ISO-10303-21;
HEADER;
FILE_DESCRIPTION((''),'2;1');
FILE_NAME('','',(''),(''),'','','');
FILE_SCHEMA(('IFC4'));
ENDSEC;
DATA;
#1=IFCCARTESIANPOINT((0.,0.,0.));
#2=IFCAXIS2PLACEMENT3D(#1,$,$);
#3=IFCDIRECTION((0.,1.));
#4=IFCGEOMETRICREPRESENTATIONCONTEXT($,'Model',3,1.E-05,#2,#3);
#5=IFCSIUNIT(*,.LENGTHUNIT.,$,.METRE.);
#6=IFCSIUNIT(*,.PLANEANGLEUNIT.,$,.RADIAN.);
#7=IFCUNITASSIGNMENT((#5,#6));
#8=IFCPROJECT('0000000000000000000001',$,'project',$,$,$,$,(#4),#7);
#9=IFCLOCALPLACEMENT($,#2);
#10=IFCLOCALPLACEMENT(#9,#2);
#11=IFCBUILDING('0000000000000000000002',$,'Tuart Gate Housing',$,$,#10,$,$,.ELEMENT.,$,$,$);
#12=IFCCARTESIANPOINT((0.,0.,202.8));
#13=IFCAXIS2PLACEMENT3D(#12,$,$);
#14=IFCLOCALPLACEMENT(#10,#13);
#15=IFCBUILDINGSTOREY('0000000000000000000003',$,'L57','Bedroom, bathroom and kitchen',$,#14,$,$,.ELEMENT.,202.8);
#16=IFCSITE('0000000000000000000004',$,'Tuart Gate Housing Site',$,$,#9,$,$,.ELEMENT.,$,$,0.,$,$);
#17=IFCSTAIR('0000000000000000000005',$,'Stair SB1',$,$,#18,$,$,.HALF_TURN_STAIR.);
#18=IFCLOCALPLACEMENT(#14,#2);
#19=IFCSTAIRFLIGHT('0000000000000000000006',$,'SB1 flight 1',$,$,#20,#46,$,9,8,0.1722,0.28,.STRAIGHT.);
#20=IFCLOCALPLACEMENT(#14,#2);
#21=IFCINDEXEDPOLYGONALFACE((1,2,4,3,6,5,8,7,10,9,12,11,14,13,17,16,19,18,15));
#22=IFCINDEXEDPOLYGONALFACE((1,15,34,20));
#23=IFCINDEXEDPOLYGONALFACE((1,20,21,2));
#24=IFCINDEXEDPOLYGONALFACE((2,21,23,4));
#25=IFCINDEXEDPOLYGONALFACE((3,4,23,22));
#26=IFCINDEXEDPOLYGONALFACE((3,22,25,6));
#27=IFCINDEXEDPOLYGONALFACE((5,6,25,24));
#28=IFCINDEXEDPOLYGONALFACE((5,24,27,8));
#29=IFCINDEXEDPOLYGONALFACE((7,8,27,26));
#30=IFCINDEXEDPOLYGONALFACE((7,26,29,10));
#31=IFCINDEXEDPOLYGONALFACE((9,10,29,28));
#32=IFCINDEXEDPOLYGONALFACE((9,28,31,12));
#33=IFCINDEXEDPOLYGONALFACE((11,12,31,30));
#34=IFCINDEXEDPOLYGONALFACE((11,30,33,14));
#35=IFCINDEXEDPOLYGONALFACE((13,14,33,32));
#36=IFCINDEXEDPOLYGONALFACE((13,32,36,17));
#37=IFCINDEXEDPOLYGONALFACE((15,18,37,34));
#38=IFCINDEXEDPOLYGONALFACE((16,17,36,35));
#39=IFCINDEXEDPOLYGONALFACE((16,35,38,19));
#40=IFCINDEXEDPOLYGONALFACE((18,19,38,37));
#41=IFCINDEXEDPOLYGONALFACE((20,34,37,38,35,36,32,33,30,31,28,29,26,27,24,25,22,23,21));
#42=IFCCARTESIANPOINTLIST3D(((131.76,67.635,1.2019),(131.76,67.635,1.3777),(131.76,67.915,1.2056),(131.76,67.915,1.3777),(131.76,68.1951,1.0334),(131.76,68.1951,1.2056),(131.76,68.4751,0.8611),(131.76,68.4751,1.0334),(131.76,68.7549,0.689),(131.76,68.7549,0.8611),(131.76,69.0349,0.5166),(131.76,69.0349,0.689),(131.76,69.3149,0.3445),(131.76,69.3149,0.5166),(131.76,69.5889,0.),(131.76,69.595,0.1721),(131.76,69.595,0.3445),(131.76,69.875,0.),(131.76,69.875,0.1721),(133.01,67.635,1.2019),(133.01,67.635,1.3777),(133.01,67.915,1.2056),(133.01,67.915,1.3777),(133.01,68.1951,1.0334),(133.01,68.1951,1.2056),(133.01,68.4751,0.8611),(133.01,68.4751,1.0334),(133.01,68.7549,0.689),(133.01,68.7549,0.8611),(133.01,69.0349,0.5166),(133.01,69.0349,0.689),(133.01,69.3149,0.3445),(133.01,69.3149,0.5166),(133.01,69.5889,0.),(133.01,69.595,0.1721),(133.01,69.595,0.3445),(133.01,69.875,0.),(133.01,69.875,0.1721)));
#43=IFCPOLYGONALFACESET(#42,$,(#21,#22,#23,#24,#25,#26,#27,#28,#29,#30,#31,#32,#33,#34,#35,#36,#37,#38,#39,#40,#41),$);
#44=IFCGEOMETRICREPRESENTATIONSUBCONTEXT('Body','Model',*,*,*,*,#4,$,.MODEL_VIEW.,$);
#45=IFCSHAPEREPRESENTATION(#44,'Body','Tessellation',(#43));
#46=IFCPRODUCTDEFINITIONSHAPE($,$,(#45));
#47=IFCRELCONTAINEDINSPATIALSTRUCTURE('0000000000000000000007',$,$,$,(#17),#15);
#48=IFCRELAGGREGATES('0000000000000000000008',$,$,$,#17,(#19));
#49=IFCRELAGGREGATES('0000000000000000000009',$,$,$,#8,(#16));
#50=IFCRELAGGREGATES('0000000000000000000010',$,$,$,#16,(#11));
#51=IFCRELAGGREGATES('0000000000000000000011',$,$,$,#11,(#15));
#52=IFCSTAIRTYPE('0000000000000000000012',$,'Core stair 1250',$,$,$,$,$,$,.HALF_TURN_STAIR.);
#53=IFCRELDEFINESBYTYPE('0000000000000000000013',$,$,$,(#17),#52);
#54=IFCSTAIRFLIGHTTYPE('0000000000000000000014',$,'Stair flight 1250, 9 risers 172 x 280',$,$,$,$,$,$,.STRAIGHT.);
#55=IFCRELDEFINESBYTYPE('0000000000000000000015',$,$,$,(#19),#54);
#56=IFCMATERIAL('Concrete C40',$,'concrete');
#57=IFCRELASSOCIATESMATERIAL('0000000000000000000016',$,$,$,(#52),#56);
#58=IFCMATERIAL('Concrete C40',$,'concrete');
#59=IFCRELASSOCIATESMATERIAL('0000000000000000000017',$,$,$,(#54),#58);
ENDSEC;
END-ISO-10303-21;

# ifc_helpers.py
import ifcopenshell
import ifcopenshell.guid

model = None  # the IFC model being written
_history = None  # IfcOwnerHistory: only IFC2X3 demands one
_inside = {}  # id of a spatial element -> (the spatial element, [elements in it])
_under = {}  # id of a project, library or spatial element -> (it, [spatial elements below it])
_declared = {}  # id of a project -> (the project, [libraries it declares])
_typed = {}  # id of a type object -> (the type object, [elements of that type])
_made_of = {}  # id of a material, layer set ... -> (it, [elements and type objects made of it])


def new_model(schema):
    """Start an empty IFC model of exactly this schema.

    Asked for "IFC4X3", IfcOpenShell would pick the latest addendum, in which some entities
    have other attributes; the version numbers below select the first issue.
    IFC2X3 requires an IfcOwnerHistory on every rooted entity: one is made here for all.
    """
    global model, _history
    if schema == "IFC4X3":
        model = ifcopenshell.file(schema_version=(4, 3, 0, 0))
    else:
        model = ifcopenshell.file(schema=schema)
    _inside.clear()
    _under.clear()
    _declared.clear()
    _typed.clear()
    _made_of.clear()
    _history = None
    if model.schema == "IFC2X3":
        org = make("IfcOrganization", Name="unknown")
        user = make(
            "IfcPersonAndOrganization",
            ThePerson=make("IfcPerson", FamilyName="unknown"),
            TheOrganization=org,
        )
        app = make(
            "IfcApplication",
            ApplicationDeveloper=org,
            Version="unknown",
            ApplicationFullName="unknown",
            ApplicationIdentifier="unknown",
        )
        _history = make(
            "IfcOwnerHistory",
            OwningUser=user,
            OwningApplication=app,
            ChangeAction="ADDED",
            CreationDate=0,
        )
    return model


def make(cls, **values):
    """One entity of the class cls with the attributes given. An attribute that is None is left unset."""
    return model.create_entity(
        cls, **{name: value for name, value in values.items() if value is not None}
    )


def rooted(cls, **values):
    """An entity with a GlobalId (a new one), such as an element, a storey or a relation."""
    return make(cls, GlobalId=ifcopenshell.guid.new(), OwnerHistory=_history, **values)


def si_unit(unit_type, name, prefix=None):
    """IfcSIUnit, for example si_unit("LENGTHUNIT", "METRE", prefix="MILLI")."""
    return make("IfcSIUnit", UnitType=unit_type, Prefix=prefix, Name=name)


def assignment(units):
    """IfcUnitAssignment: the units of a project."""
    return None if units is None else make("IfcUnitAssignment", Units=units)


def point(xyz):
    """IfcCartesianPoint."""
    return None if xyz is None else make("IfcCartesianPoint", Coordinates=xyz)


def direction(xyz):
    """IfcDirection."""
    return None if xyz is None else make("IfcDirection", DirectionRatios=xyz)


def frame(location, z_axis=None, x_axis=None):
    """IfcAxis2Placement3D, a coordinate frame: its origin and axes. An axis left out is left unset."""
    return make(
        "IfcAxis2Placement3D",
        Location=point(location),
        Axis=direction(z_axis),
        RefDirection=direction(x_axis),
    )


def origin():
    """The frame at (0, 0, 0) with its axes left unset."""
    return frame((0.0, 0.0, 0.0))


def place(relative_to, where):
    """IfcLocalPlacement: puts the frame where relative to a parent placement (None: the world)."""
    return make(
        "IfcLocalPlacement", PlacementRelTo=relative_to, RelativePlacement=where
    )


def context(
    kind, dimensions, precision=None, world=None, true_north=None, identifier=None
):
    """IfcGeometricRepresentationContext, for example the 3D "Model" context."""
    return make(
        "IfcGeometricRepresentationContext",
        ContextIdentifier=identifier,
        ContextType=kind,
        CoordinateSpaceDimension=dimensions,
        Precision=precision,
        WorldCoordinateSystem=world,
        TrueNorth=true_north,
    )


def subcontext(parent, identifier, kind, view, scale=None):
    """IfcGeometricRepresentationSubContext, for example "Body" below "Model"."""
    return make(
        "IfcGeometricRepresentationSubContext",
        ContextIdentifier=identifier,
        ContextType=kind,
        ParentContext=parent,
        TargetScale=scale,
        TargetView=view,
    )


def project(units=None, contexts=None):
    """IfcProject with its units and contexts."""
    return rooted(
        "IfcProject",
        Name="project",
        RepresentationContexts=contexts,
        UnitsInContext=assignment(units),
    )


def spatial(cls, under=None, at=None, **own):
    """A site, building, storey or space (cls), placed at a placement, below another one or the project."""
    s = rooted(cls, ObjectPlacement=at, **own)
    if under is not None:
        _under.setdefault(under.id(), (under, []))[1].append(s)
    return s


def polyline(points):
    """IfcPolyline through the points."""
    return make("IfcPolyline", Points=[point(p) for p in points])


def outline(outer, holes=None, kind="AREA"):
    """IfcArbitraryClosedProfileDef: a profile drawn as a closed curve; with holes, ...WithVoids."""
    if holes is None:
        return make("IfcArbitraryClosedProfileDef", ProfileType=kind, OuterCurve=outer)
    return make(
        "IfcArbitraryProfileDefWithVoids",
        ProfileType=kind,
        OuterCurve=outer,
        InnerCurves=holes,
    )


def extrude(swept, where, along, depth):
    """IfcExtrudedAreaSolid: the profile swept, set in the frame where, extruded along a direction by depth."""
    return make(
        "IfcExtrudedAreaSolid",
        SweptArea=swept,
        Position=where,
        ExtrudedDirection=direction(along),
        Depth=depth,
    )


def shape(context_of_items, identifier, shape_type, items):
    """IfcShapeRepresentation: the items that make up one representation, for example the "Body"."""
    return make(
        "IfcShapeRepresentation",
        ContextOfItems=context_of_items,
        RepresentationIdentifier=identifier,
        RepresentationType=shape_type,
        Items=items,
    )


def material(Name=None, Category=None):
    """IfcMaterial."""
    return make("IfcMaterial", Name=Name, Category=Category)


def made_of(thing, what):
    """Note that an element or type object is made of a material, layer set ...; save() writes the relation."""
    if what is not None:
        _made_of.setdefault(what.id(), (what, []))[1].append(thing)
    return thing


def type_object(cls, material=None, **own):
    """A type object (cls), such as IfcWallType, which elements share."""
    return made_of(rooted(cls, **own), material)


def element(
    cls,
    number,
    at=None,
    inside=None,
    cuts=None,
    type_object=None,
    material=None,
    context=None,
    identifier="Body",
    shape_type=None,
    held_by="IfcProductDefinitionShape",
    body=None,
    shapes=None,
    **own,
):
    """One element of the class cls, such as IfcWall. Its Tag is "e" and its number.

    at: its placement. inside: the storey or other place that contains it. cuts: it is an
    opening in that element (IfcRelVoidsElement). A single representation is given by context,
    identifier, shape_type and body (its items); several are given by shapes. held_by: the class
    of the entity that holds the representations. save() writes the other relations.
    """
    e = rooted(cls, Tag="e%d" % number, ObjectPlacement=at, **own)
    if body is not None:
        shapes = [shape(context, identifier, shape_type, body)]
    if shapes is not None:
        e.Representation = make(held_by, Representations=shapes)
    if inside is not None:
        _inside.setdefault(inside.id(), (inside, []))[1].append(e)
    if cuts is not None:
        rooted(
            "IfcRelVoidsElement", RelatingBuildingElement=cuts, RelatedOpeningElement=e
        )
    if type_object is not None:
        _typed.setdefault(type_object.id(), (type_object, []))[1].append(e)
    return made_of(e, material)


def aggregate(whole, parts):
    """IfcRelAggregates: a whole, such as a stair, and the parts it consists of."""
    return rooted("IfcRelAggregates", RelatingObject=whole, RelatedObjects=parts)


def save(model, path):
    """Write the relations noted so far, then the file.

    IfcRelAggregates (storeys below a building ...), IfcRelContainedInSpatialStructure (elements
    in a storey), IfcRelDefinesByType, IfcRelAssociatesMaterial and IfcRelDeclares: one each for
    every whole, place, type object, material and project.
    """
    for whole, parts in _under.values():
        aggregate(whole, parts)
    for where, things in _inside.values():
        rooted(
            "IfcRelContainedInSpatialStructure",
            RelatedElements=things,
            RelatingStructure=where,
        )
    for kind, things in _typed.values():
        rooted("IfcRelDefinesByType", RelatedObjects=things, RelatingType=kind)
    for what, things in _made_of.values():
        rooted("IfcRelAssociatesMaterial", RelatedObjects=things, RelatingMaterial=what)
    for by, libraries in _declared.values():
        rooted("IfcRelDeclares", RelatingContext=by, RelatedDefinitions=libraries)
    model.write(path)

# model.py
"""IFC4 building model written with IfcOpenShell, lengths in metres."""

from ifc_helpers import new_model, si_unit, direction, frame, origin, place, context, subcontext, project, spatial, polyline, outline, extrude, material, type_object, element, aggregate, save


model = new_model("IFC4")

# Units and contexts
model_context = context("Model", 3, precision=1e-05, world=origin(), true_north=direction((0.0, 1.0)))
body_context = subcontext(model_context, "Body", "Model", "MODEL_VIEW")
ifc_project = project(units=[si_unit("LENGTHUNIT", "METRE"), si_unit("PLANEANGLEUNIT", "RADIAN")], contexts=[model_context])

# Site, building, storey
site_placement = place(None, origin())
site = spatial("IfcSite", under=ifc_project, at=site_placement, Name="Tuart Gate Housing Site", CompositionType="ELEMENT", RefElevation=0.0)
building_placement = place(site_placement, origin())
building = spatial("IfcBuilding", under=site, at=building_placement, Name="Tuart Gate Housing", CompositionType="ELEMENT")
storey_placement = place(building_placement, frame((0.0, 0.0, 202.8)))
storey = spatial("IfcBuildingStorey", under=building, at=storey_placement, Name="L57", Description="Bedroom, bathroom and kitchen", CompositionType="ELEMENT", Elevation=202.8)

# Stair, stair flight
ifc_material_1 = material(Name="Concrete C40", Category="concrete")
stair_type = type_object("IfcStairType", Name="Core stair 1250", PredefinedType="HALF_TURN_STAIR", material=ifc_material_1)
stair_placement = place(storey_placement, origin())
stair = element("IfcStair", 1, at=stair_placement, inside=storey, type_object=stair_type, Name="Stair SB1", PredefinedType="HALF_TURN_STAIR")
ifc_material_2 = material(Name="Concrete C40", Category="concrete")
stair_flight_type = type_object("IfcStairFlightType", Name="Stair flight 1250, 9 risers 172 x 280", PredefinedType="STRAIGHT", material=ifc_material_2)
stair_flight_placement = place(storey_placement, frame((132.385, 69.875, 0.0), z_axis=(0.0, 0.0, 1.0), x_axis=(0.0, -1.0, 0.0)))
stair_flight = element("IfcStairFlight", 2, at=stair_flight_placement, type_object=stair_flight_type, Name="SB1 flight 1", NumberOfRisers=9, NumberOfTreads=8, PredefinedType="STRAIGHT", RiserHeight=0.1722, TreadLength=0.28, context=body_context, shape_type="SweptSolid", body=[
    extrude(outline(polyline([(0.0, 0.0), (0.0, 0.1721), (0.28, 0.1721), (0.28, 0.3445), (0.5601, 0.3445), (0.5601, 0.5166), (0.8401, 0.5166), (0.8401, 0.689), (1.1201, 0.689), (1.1201, 0.8611), (1.3999, 0.8611), (1.3999, 1.0334), (1.6799, 1.0334), (1.6799, 1.2056), (1.96, 1.2056), (1.96, 1.3777), (2.24, 1.3777), (2.24, 1.55), (2.24, 1.2019), (0.2861, 0.0), (0.0, 0.0)])), frame((0.0, 0.625, 0.0), z_axis=(0.0, -1.0, 0.0), x_axis=(1.0, 0.0, 0.0)), (0.0, 0.0, 1.0), 1.25),
])
aggregate(stair, [stair_flight])

save(model, "model.ifc")
